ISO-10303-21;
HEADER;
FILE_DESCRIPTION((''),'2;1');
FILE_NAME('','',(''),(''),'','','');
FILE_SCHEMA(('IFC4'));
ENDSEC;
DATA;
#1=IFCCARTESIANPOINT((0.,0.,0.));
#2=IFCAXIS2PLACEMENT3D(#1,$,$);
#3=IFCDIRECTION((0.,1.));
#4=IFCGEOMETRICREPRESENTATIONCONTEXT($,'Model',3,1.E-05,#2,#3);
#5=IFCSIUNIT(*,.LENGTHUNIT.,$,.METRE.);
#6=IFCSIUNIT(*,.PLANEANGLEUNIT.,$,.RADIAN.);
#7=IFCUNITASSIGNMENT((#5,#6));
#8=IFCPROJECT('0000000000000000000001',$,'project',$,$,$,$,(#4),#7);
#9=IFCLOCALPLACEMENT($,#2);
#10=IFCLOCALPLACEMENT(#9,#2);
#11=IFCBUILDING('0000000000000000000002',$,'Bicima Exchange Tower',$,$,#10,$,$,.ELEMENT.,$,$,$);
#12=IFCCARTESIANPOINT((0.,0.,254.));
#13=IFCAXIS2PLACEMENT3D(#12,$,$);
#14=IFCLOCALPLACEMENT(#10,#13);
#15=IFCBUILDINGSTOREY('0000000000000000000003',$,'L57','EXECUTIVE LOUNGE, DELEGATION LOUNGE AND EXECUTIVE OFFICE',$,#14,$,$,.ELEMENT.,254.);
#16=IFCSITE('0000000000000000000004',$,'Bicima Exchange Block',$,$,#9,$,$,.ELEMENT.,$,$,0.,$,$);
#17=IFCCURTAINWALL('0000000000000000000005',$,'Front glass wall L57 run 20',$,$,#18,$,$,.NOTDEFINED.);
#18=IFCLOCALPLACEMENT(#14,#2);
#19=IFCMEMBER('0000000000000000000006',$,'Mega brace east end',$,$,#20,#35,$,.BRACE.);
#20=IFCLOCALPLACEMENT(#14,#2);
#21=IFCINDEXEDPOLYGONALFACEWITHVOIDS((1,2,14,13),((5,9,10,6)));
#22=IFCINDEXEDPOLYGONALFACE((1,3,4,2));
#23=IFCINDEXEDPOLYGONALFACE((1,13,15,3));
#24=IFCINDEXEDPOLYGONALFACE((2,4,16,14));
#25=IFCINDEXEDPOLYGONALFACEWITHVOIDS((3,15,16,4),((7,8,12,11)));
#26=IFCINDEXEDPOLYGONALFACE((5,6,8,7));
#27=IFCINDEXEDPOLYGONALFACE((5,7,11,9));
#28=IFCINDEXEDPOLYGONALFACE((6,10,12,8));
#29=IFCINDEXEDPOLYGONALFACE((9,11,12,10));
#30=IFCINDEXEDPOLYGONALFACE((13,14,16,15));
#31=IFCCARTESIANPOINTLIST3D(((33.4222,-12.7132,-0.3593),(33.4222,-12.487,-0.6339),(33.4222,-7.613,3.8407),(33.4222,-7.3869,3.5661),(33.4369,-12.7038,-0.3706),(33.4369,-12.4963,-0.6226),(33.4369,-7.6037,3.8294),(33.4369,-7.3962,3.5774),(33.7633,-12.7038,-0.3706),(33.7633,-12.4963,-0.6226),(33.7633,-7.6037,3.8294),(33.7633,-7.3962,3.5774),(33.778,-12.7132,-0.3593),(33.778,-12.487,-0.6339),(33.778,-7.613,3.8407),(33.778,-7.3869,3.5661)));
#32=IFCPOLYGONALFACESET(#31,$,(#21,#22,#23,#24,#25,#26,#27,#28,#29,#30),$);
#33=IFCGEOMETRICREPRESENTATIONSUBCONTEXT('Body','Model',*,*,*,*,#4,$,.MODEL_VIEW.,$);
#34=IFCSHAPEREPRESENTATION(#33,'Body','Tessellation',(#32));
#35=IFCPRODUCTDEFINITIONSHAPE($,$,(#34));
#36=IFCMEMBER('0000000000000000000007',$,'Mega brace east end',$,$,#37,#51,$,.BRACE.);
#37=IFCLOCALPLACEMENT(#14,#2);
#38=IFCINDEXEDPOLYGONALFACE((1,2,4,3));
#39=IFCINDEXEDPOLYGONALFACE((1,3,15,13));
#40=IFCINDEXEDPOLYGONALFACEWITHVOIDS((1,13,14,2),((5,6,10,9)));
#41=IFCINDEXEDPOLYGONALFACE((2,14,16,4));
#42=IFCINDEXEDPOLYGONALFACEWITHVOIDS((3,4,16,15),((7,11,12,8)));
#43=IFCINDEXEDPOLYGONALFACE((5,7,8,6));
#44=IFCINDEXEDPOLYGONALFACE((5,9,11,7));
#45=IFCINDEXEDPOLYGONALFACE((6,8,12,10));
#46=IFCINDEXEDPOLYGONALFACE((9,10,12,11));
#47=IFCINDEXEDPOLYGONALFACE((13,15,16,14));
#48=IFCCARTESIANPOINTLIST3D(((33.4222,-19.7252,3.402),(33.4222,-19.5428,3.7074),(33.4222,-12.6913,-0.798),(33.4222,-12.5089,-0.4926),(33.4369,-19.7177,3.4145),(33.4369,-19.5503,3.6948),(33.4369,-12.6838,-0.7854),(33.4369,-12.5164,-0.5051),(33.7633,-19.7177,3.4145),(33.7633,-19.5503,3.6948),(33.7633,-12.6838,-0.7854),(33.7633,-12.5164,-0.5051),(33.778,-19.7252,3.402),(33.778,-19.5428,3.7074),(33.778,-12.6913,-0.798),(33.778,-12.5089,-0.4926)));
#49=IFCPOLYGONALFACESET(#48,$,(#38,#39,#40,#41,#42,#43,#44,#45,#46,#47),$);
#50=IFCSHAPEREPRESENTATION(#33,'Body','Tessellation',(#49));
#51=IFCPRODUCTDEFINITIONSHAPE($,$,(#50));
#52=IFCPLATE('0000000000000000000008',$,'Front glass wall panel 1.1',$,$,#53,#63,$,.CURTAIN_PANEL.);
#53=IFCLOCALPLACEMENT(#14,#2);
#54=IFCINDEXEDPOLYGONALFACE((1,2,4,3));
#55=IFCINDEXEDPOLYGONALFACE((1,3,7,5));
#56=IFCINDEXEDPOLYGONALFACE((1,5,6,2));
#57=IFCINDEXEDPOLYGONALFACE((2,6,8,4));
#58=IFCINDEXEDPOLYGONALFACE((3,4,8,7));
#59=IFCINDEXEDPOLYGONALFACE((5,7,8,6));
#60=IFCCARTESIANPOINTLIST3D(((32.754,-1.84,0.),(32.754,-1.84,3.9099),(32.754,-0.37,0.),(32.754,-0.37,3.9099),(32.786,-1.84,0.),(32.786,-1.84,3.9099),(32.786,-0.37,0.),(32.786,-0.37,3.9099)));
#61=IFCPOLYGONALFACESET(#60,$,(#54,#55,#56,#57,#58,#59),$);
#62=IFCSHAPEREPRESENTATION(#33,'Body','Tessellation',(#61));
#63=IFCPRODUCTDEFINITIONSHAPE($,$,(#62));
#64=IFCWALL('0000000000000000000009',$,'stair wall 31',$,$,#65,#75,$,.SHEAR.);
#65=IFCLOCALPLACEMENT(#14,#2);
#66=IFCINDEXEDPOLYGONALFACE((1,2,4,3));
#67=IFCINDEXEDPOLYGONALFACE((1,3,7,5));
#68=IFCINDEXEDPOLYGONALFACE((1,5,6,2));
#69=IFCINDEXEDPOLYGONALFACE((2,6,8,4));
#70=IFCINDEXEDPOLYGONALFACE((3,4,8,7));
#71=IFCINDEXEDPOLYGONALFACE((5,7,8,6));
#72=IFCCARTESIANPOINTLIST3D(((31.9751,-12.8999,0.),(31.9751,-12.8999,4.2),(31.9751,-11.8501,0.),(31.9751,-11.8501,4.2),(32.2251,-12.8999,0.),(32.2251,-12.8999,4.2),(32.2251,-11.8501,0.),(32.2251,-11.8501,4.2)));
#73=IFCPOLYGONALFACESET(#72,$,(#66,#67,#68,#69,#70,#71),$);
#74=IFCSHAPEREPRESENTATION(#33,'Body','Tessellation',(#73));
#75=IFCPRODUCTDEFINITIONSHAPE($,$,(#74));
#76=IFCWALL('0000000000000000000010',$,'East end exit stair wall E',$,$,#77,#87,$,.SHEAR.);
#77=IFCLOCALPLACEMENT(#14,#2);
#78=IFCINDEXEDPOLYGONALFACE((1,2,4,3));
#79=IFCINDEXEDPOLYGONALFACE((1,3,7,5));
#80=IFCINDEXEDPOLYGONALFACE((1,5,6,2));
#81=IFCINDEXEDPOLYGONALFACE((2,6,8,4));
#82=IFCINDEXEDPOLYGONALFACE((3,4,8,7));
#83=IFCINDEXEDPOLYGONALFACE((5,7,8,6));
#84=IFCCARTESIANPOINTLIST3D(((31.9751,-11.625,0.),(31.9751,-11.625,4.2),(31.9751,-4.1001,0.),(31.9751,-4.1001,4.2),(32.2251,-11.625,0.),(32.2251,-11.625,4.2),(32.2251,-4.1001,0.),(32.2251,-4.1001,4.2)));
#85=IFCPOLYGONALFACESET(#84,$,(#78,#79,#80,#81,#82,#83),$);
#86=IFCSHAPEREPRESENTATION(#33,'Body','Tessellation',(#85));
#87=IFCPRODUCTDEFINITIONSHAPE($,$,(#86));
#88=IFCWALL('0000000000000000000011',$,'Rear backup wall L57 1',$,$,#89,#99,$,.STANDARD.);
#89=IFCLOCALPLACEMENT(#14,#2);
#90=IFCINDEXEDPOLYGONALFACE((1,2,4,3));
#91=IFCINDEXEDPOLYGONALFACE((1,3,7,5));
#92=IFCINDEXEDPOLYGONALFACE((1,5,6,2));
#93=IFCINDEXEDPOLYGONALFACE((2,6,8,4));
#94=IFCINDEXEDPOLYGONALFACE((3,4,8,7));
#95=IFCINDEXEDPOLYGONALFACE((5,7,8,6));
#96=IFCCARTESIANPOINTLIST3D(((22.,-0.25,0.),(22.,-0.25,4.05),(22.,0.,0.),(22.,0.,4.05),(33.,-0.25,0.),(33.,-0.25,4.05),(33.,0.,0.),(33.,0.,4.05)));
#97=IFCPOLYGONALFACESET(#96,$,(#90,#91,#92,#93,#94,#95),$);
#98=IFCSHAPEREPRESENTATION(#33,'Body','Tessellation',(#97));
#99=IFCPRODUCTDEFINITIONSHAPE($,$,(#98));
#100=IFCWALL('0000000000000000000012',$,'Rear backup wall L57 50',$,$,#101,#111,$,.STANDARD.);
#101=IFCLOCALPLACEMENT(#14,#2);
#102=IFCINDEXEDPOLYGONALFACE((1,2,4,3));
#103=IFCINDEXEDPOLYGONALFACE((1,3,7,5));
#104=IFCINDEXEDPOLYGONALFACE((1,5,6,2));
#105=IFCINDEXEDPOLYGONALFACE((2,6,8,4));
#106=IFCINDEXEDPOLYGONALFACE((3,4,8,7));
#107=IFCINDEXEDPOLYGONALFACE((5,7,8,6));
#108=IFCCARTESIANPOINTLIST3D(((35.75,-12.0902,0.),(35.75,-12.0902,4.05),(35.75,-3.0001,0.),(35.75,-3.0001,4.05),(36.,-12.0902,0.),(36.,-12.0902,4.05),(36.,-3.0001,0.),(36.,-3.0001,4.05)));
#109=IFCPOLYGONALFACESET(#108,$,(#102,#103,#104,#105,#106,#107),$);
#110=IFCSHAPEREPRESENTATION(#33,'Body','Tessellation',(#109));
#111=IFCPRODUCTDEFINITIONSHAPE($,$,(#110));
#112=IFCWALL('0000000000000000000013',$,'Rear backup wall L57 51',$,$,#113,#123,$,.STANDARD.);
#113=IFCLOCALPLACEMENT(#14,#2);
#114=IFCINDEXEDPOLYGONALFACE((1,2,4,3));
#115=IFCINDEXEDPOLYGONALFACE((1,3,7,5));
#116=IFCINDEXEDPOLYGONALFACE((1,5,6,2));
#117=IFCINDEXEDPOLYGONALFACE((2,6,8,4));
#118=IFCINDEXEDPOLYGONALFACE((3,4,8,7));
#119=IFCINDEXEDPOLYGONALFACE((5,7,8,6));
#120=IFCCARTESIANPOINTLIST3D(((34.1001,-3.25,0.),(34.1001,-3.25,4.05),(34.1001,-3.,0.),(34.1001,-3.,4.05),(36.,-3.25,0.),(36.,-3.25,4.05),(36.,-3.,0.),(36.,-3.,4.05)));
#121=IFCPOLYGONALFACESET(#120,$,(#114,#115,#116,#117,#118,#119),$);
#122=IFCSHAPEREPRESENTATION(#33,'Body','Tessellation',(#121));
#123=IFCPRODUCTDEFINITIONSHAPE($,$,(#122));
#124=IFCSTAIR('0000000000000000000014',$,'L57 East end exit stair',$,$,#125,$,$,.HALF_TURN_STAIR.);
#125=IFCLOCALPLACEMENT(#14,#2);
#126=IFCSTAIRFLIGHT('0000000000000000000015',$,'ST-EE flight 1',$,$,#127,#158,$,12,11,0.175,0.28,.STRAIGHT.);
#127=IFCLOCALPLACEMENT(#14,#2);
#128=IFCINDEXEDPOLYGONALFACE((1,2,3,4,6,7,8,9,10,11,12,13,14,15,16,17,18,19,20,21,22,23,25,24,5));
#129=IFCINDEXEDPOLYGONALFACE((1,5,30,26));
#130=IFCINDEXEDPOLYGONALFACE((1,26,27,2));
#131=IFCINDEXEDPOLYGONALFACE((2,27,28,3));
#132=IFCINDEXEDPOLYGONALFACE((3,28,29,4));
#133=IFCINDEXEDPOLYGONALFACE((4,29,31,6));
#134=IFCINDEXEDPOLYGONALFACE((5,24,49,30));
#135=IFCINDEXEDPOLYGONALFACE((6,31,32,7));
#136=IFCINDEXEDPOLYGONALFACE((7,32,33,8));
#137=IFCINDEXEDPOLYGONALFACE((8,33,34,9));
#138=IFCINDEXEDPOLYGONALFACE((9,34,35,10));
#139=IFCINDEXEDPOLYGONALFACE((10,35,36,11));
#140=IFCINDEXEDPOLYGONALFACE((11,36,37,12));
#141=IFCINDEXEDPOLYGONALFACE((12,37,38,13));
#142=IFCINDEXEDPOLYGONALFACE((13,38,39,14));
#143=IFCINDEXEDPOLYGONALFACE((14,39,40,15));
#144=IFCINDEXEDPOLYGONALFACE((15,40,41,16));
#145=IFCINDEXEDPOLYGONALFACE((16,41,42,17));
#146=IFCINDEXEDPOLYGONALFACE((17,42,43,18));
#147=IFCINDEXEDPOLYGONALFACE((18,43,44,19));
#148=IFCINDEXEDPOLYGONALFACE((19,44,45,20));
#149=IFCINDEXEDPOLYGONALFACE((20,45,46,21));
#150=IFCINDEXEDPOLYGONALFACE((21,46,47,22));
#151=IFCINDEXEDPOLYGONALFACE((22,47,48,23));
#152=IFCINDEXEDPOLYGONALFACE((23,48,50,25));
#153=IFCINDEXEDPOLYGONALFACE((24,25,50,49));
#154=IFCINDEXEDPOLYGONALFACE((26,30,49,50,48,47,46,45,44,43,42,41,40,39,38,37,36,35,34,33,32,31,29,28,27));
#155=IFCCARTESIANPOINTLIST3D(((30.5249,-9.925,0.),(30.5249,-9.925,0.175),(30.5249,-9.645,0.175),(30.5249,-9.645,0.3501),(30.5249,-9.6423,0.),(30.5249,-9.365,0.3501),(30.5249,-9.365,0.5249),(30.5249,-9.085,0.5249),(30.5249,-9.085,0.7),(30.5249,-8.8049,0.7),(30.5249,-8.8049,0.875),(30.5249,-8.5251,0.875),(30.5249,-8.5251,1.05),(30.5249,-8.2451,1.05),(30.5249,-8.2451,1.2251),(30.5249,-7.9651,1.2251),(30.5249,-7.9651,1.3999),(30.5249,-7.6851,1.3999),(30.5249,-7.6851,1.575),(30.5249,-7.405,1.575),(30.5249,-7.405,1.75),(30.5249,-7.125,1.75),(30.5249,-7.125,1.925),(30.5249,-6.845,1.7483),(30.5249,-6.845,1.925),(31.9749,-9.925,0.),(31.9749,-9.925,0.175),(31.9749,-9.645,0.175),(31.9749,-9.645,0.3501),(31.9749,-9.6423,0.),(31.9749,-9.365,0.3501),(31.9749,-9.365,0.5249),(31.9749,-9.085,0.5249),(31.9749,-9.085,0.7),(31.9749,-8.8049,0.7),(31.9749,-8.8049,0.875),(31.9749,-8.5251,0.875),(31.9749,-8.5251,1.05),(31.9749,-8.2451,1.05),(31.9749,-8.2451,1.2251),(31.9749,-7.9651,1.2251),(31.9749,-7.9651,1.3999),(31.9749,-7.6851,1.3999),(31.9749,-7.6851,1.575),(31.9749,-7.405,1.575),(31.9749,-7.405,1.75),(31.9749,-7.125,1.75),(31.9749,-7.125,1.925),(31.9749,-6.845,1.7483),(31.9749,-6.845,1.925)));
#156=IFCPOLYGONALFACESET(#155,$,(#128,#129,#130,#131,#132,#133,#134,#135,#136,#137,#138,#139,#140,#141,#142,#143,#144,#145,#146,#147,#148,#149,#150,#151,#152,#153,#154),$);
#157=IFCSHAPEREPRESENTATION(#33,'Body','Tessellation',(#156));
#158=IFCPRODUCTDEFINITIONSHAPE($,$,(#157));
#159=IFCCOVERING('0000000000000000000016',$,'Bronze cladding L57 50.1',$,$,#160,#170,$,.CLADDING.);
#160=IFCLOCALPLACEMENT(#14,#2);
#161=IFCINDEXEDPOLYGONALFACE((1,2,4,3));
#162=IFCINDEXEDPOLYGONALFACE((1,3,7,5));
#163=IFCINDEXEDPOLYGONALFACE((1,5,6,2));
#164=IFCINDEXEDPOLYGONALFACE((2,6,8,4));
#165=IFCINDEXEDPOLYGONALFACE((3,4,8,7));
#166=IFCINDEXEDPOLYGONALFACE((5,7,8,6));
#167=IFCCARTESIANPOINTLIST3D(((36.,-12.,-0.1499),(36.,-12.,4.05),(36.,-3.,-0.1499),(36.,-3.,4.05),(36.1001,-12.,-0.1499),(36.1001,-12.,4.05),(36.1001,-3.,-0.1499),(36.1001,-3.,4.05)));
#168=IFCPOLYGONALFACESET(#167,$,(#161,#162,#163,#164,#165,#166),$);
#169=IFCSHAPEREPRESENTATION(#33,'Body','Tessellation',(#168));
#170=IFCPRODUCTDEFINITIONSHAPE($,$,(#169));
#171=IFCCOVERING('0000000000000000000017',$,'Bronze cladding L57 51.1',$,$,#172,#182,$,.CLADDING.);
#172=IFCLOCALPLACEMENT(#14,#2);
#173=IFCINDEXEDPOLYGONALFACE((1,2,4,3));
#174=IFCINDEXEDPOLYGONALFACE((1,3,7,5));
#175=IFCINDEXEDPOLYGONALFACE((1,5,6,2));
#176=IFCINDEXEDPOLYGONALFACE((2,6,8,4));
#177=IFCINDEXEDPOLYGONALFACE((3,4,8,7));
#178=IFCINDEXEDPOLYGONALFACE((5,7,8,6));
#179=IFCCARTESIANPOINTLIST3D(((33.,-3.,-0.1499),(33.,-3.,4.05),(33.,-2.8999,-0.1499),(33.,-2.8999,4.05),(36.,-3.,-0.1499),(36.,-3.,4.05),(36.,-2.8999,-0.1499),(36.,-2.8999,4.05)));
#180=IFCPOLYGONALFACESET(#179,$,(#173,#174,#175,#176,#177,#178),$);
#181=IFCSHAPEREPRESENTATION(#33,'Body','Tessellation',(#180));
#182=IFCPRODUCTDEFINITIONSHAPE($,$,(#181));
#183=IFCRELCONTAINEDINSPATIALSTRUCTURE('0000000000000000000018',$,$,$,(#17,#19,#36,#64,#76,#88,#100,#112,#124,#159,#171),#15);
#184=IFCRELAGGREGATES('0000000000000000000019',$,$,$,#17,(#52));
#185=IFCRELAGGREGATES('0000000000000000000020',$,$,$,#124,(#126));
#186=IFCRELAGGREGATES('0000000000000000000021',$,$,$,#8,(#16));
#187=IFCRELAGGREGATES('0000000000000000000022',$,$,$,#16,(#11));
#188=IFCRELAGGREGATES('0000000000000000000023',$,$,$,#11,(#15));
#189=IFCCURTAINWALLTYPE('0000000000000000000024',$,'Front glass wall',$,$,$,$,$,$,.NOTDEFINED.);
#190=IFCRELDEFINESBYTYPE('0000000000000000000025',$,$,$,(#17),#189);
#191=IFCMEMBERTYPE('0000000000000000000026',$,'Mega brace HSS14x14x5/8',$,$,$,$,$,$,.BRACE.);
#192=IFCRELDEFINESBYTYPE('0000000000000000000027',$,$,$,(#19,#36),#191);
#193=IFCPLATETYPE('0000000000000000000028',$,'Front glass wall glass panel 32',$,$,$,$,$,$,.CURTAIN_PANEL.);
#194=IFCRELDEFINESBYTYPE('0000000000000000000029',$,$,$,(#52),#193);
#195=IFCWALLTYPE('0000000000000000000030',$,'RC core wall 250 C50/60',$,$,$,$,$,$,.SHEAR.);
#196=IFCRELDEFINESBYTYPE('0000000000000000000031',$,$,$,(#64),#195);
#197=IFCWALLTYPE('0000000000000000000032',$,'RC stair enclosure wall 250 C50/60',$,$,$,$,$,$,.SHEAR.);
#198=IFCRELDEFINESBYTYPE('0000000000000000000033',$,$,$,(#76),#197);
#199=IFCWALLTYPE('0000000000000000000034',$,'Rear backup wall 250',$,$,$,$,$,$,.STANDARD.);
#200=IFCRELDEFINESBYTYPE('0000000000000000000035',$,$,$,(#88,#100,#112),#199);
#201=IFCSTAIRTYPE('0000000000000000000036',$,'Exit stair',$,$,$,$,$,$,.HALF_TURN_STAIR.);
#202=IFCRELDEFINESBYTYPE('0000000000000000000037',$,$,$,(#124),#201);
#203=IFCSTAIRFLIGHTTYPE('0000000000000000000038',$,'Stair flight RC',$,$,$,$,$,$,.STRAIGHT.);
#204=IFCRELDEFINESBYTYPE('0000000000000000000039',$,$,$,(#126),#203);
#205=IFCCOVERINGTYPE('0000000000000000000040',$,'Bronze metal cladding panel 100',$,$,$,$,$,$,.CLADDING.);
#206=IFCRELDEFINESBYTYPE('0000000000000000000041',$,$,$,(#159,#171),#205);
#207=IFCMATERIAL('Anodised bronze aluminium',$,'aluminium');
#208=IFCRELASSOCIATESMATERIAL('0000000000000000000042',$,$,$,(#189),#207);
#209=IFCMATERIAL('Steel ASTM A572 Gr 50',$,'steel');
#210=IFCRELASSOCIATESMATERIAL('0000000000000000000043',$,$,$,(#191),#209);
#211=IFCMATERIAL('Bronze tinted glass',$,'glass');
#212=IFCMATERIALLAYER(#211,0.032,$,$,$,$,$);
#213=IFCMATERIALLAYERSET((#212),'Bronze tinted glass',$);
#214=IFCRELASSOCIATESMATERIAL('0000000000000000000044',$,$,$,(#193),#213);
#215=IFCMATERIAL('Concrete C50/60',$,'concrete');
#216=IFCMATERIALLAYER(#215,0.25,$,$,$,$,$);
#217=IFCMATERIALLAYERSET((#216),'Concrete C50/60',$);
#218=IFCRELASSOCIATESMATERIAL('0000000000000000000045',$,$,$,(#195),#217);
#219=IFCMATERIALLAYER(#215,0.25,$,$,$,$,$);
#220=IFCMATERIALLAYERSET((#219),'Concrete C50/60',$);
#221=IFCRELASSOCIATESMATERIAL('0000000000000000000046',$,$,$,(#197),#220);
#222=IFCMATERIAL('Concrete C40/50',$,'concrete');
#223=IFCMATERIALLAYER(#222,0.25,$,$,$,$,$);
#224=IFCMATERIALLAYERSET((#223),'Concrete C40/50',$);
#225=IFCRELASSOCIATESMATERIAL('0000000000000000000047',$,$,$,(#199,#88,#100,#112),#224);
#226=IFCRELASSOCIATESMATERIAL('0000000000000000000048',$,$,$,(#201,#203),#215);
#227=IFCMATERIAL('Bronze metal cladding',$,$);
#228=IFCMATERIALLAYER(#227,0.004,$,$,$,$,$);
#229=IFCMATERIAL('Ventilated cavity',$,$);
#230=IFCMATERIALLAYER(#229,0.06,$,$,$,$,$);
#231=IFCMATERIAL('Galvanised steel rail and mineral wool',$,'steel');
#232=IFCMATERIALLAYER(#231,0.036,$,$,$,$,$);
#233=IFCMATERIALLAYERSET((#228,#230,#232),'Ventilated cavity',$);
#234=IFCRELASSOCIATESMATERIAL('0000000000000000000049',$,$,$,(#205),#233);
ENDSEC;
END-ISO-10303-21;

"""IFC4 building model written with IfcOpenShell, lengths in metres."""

from ifc_helpers import new_model, si_unit, direction, frame, frame_2d, origin, origin_2d, place, context, subcontext, project, spatial, polyline, rectangle, hollow_rectangle, outline, extrude, material, layer, layer_set, layer_usage, material_profile, profile_set, type_object, element, aggregate, save


model = new_model("IFC4")

# Units and contexts
model_context = context("Model", 3, precision=1e-05, world=origin(), true_north=direction((0.0, 1.0)))
body_context = subcontext(model_context, "Body", "Model", "MODEL_VIEW")
ifc_project = project(units=[si_unit("LENGTHUNIT", "METRE"), si_unit("PLANEANGLEUNIT", "RADIAN")], contexts=[model_context])

# Site, building, storey
site_placement = place(None, origin())
site = spatial("IfcSite", under=ifc_project, at=site_placement, Name="Bicima Exchange Block", CompositionType="ELEMENT", RefElevation=0.0)
building_placement = place(site_placement, origin())
building = spatial("IfcBuilding", under=site, at=building_placement, Name="Bicima Exchange Tower", CompositionType="ELEMENT")
storey_placement = place(building_placement, frame((0.0, 0.0, 254.0)))
storey = spatial("IfcBuildingStorey", under=building, at=storey_placement, Name="L57", Description="EXECUTIVE LOUNGE, DELEGATION LOUNGE AND EXECUTIVE OFFICE", CompositionType="ELEMENT", Elevation=254.0)

# Shared definitions
ifc_material_1 = material(Name="Steel ASTM A572 Gr 50", Category="steel")

# Shared definitions
ifc_material_2 = material(Name="Anodised bronze aluminium", Category="aluminium")

# Curtain wall
curtain_wall_type_1 = type_object("IfcCurtainWallType", Name="Front glass wall", PredefinedType="NOTDEFINED", material=ifc_material_2)
curtain_wall_1_placement = place(storey_placement, origin())
curtain_wall_1 = element("IfcCurtainWall", 1, at=curtain_wall_1_placement, inside=storey, type_object=curtain_wall_type_1, Name="Front glass wall L57 run 20", PredefinedType="NOTDEFINED")

# Members
ifc_material_profile_1 = material_profile(ifc_material_1, hollow_rectangle(XDim=0.3557, YDim=0.3557, WallThickness=0.0146, at=origin_2d()))
ifc_profile_set_1 = profile_set([ifc_material_profile_1], Name="Steel ASTM A572 Gr 50")
member_type_1 = type_object("IfcMemberType", Name="Mega brace HSS14x14x5/8", PredefinedType="BRACE", material=ifc_profile_set_1)
for number, where, z_axis, x_axis, name in (
    (2, (33.6001, -12.6001, -0.4966), (0.0, 0.77194, 0.635696), (-1.0, 0.0, 0.0), "Mega brace east end"),
):
    element("IfcMember", number, at=place(storey_placement, frame(where, z_axis=z_axis, x_axis=x_axis)), inside=storey, type_object=member_type_1, Name=name, PredefinedType="BRACE", context=body_context, shape_type="SweptSolid", body=[
        extrude(hollow_rectangle(XDim=0.3557, YDim=0.3557, WallThickness=0.0146, at=origin_2d()), origin(), (0.0, 0.0, 1.0), 6.6069),
    ])
member_1_placement = place(storey_placement, frame((33.6001, -12.6001, -0.6453), z_axis=(0.0, -0.85859, 0.512663), x_axis=(1.0, 0.0, 0.0)))
element("IfcMember", 3, at=member_1_placement, inside=storey, type_object=member_type_1, Name="Mega brace east end", PredefinedType="BRACE", context=body_context, shape_type="SweptSolid", body=[
    extrude(hollow_rectangle(XDim=0.3557, YDim=0.3557, WallThickness=0.0146, at=origin_2d()), origin(), (0.0, 0.0, 1.0), 8.1924),
])

# Plate
ifc_material_3 = material(Name="Bronze tinted glass", Category="glass")
ifc_layer_1 = layer(ifc_material_3, 0.032)
ifc_layer_set_1 = layer_set([ifc_layer_1], Name="Bronze tinted glass")
plate_type = type_object("IfcPlateType", Name="Front glass wall glass panel 32", PredefinedType="CURTAIN_PANEL", material=ifc_layer_set_1)
plate_placement = place(storey_placement, frame((32.77, -1.105, 0.0), z_axis=(0.0, 0.0, 1.0), x_axis=(0.0, 1.0, 0.0)))
plate = element("IfcPlate", 4, at=plate_placement, type_object=plate_type, Name="Front glass wall panel 1.1", PredefinedType="CURTAIN_PANEL", context=body_context, shape_type="SweptSolid", body=[
    extrude(rectangle(XDim=1.47, YDim=0.032, at=origin_2d()), origin(), (0.0, 0.0, 1.0), 3.9099),
])
aggregate(curtain_wall_1, [plate])

# Walls
ifc_material_4 = material(Name="Concrete C50/60", Category="concrete")
ifc_layer_2 = layer(ifc_material_4, 0.25)
ifc_layer_set_2 = layer_set([ifc_layer_2], Name="Concrete C50/60")
wall_type_1 = type_object("IfcWallType", Name="RC core wall 250 C50/60", PredefinedType="SHEAR", material=ifc_layer_set_2)
wall_1_placement = place(storey_placement, frame((32.1001, -12.8999, 0.0), z_axis=(0.0, 0.0, 1.0), x_axis=(0.0, 1.0, 0.0)))
element("IfcWall", 5, at=wall_1_placement, inside=storey, type_object=wall_type_1, Name="stair wall 31", PredefinedType="SHEAR", context=body_context, shape_type="SweptSolid", body=[
    extrude(rectangle(XDim=1.0498, YDim=0.25, at=frame_2d((0.5249, 0.0))), origin(), (0.0, 0.0, 1.0), 4.2),
])
ifc_layer_3 = layer(ifc_material_4, 0.25)
ifc_layer_set_3 = layer_set([ifc_layer_3], Name="Concrete C50/60")
wall_type_2 = type_object("IfcWallType", Name="RC stair enclosure wall 250 C50/60", PredefinedType="SHEAR", material=ifc_layer_set_3)
wall_2_placement = place(storey_placement, frame((32.1001, -11.625, 0.0), z_axis=(0.0, 0.0, 1.0), x_axis=(0.0, 1.0, 0.0)))
element("IfcWall", 6, at=wall_2_placement, inside=storey, type_object=wall_type_2, Name="East end exit stair wall E", PredefinedType="SHEAR", context=body_context, shape_type="SweptSolid", body=[
    extrude(rectangle(XDim=7.5249, YDim=0.25, at=frame_2d((3.7625, 0.0))), origin(), (0.0, 0.0, 1.0), 4.2),
])
ifc_material_5 = material(Name="Concrete C40/50", Category="concrete")
ifc_layer_4 = layer(ifc_material_5, 0.25)
ifc_layer_set_4 = layer_set([ifc_layer_4], Name="Concrete C40/50")
ifc_layer_usage = layer_usage(ifc_layer_set_4, "AXIS2", "POSITIVE", -0.125)
wall_type_3 = type_object("IfcWallType", Name="Rear backup wall 250", PredefinedType="STANDARD", material=ifc_layer_set_4)
wall_3_placement = place(storey_placement, frame((33.0, -0.125, 0.0), z_axis=(0.0, 0.0, 1.0), x_axis=(-1.0, 0.0, 0.0)))
element("IfcWall", 7, at=wall_3_placement, inside=storey, type_object=wall_type_3, material=ifc_layer_usage, Name="Rear backup wall L57 1", PredefinedType="STANDARD", context=body_context, shape_type="SweptSolid", body=[
    extrude(rectangle(XDim=11.0, YDim=0.25, at=frame_2d((5.5, 0.0))), origin(), (0.0, 0.0, 1.0), 4.05),
])
wall_4_placement = place(storey_placement, frame((35.875, -12.0901, 0.0), z_axis=(0.0, 0.0, 1.0), x_axis=(0.0, 1.0, 0.0)))
element("IfcWall", 8, at=wall_4_placement, inside=storey, type_object=wall_type_3, material=ifc_layer_usage, Name="Rear backup wall L57 50", PredefinedType="STANDARD", context=body_context, shape_type="SweptSolid", body=[
    extrude(rectangle(XDim=9.0901, YDim=0.25, at=frame_2d((4.5449, 0.0))), origin(), (0.0, 0.0, 1.0), 4.05),
])
wall_5_placement = place(storey_placement, frame((36.0, -3.125, 0.0), z_axis=(0.0, 0.0, 1.0), x_axis=(-1.0, 0.0, 0.0)))
element("IfcWall", 9, at=wall_5_placement, inside=storey, type_object=wall_type_3, material=ifc_layer_usage, Name="Rear backup wall L57 51", PredefinedType="STANDARD", context=body_context, shape_type="SweptSolid", body=[
    extrude(rectangle(XDim=1.8999, YDim=0.25, at=frame_2d((0.95, 0.0))), origin(), (0.0, 0.0, 1.0), 4.05),
])

# Stair, stair flight
stair_type = type_object("IfcStairType", Name="Exit stair", PredefinedType="HALF_TURN_STAIR", material=ifc_material_4)
stair_placement = place(storey_placement, origin())
stair = element("IfcStair", 10, at=stair_placement, inside=storey, type_object=stair_type, Name="L57 East end exit stair", PredefinedType="HALF_TURN_STAIR")
stair_flight_type = type_object("IfcStairFlightType", Name="Stair flight RC", PredefinedType="STRAIGHT", material=ifc_material_4)
stair_flight_placement = place(storey_placement, frame((31.25, -9.925, 0.0), z_axis=(0.0, 0.0, 1.0), x_axis=(0.0, 1.0, 0.0)))
stair_flight = element("IfcStairFlight", 11, at=stair_flight_placement, type_object=stair_flight_type, Name="ST-EE flight 1", NumberOfRisers=12, NumberOfTreads=11, PredefinedType="STRAIGHT", RiserHeight=0.175, TreadLength=0.28, context=body_context, shape_type="SweptSolid", body=[
    extrude(outline(polyline([(0.0, 0.0), (0.0, 0.175), (0.28, 0.175), (0.28, 0.3501), (0.5601, 0.3501), (0.5601, 0.5249), (0.8401, 0.5249), (0.8401, 0.7), (1.1201, 0.7), (1.1201, 0.875), (1.3999, 0.875), (1.3999, 1.05), (1.6799, 1.05), (1.6799, 1.2251), (1.96, 1.2251), (1.96, 1.3999), (2.24, 1.3999), (2.24, 1.575), (2.52, 1.575), (2.52, 1.75), (2.8, 1.75), (2.8, 1.925), (3.0801, 1.925), (3.0801, 2.1001), (3.0801, 1.7483), (0.2827, 0.0), (0.0, 0.0)])), frame((0.0, 0.7251, 0.0), z_axis=(0.0, -1.0, 0.0), x_axis=(1.0, 0.0, 0.0)), (0.0, 0.0, 1.0), 1.45),
])
aggregate(stair, [stair_flight])

# Coverings
ifc_material_6 = material(Name="Bronze metal cladding")
ifc_layer_5 = layer(ifc_material_6, 0.004)
ifc_material_7 = material(Name="Ventilated cavity")
ifc_layer_6 = layer(ifc_material_7, 0.06)
ifc_material_8 = material(Name="Galvanised steel rail and mineral wool", Category="steel")
ifc_layer_7 = layer(ifc_material_8, 0.036)
ifc_layer_set_5 = layer_set([ifc_layer_5, ifc_layer_6, ifc_layer_7], Name="Ventilated cavity")
covering_type = type_object("IfcCoveringType", Name="Bronze metal cladding panel 100", PredefinedType="CLADDING", material=ifc_layer_set_5)
covering_1_placement = place(storey_placement, frame((36.05, -7.5, -0.1499), z_axis=(0.0, 0.0, 1.0), x_axis=(0.0, 1.0, 0.0)))
element("IfcCovering", 12, at=covering_1_placement, inside=storey, type_object=covering_type, Name="Bronze cladding L57 50.1", PredefinedType="CLADDING", context=body_context, shape_type="SweptSolid", body=[
    extrude(rectangle(XDim=9.0, YDim=0.1001, at=origin_2d()), origin(), (0.0, 0.0, 1.0), 4.2),
])
covering_2_placement = place(storey_placement, frame((34.5, -2.95, -0.1499), z_axis=(0.0, 0.0, 1.0), x_axis=(-1.0, 0.0, 0.0)))
element("IfcCovering", 13, at=covering_2_placement, inside=storey, type_object=covering_type, Name="Bronze cladding L57 51.1", PredefinedType="CLADDING", context=body_context, shape_type="SweptSolid", body=[
    extrude(rectangle(XDim=3.0, YDim=0.1001, at=origin_2d()), origin(), (0.0, 0.0, 1.0), 4.2),
])

save(model, "model.ifc")
